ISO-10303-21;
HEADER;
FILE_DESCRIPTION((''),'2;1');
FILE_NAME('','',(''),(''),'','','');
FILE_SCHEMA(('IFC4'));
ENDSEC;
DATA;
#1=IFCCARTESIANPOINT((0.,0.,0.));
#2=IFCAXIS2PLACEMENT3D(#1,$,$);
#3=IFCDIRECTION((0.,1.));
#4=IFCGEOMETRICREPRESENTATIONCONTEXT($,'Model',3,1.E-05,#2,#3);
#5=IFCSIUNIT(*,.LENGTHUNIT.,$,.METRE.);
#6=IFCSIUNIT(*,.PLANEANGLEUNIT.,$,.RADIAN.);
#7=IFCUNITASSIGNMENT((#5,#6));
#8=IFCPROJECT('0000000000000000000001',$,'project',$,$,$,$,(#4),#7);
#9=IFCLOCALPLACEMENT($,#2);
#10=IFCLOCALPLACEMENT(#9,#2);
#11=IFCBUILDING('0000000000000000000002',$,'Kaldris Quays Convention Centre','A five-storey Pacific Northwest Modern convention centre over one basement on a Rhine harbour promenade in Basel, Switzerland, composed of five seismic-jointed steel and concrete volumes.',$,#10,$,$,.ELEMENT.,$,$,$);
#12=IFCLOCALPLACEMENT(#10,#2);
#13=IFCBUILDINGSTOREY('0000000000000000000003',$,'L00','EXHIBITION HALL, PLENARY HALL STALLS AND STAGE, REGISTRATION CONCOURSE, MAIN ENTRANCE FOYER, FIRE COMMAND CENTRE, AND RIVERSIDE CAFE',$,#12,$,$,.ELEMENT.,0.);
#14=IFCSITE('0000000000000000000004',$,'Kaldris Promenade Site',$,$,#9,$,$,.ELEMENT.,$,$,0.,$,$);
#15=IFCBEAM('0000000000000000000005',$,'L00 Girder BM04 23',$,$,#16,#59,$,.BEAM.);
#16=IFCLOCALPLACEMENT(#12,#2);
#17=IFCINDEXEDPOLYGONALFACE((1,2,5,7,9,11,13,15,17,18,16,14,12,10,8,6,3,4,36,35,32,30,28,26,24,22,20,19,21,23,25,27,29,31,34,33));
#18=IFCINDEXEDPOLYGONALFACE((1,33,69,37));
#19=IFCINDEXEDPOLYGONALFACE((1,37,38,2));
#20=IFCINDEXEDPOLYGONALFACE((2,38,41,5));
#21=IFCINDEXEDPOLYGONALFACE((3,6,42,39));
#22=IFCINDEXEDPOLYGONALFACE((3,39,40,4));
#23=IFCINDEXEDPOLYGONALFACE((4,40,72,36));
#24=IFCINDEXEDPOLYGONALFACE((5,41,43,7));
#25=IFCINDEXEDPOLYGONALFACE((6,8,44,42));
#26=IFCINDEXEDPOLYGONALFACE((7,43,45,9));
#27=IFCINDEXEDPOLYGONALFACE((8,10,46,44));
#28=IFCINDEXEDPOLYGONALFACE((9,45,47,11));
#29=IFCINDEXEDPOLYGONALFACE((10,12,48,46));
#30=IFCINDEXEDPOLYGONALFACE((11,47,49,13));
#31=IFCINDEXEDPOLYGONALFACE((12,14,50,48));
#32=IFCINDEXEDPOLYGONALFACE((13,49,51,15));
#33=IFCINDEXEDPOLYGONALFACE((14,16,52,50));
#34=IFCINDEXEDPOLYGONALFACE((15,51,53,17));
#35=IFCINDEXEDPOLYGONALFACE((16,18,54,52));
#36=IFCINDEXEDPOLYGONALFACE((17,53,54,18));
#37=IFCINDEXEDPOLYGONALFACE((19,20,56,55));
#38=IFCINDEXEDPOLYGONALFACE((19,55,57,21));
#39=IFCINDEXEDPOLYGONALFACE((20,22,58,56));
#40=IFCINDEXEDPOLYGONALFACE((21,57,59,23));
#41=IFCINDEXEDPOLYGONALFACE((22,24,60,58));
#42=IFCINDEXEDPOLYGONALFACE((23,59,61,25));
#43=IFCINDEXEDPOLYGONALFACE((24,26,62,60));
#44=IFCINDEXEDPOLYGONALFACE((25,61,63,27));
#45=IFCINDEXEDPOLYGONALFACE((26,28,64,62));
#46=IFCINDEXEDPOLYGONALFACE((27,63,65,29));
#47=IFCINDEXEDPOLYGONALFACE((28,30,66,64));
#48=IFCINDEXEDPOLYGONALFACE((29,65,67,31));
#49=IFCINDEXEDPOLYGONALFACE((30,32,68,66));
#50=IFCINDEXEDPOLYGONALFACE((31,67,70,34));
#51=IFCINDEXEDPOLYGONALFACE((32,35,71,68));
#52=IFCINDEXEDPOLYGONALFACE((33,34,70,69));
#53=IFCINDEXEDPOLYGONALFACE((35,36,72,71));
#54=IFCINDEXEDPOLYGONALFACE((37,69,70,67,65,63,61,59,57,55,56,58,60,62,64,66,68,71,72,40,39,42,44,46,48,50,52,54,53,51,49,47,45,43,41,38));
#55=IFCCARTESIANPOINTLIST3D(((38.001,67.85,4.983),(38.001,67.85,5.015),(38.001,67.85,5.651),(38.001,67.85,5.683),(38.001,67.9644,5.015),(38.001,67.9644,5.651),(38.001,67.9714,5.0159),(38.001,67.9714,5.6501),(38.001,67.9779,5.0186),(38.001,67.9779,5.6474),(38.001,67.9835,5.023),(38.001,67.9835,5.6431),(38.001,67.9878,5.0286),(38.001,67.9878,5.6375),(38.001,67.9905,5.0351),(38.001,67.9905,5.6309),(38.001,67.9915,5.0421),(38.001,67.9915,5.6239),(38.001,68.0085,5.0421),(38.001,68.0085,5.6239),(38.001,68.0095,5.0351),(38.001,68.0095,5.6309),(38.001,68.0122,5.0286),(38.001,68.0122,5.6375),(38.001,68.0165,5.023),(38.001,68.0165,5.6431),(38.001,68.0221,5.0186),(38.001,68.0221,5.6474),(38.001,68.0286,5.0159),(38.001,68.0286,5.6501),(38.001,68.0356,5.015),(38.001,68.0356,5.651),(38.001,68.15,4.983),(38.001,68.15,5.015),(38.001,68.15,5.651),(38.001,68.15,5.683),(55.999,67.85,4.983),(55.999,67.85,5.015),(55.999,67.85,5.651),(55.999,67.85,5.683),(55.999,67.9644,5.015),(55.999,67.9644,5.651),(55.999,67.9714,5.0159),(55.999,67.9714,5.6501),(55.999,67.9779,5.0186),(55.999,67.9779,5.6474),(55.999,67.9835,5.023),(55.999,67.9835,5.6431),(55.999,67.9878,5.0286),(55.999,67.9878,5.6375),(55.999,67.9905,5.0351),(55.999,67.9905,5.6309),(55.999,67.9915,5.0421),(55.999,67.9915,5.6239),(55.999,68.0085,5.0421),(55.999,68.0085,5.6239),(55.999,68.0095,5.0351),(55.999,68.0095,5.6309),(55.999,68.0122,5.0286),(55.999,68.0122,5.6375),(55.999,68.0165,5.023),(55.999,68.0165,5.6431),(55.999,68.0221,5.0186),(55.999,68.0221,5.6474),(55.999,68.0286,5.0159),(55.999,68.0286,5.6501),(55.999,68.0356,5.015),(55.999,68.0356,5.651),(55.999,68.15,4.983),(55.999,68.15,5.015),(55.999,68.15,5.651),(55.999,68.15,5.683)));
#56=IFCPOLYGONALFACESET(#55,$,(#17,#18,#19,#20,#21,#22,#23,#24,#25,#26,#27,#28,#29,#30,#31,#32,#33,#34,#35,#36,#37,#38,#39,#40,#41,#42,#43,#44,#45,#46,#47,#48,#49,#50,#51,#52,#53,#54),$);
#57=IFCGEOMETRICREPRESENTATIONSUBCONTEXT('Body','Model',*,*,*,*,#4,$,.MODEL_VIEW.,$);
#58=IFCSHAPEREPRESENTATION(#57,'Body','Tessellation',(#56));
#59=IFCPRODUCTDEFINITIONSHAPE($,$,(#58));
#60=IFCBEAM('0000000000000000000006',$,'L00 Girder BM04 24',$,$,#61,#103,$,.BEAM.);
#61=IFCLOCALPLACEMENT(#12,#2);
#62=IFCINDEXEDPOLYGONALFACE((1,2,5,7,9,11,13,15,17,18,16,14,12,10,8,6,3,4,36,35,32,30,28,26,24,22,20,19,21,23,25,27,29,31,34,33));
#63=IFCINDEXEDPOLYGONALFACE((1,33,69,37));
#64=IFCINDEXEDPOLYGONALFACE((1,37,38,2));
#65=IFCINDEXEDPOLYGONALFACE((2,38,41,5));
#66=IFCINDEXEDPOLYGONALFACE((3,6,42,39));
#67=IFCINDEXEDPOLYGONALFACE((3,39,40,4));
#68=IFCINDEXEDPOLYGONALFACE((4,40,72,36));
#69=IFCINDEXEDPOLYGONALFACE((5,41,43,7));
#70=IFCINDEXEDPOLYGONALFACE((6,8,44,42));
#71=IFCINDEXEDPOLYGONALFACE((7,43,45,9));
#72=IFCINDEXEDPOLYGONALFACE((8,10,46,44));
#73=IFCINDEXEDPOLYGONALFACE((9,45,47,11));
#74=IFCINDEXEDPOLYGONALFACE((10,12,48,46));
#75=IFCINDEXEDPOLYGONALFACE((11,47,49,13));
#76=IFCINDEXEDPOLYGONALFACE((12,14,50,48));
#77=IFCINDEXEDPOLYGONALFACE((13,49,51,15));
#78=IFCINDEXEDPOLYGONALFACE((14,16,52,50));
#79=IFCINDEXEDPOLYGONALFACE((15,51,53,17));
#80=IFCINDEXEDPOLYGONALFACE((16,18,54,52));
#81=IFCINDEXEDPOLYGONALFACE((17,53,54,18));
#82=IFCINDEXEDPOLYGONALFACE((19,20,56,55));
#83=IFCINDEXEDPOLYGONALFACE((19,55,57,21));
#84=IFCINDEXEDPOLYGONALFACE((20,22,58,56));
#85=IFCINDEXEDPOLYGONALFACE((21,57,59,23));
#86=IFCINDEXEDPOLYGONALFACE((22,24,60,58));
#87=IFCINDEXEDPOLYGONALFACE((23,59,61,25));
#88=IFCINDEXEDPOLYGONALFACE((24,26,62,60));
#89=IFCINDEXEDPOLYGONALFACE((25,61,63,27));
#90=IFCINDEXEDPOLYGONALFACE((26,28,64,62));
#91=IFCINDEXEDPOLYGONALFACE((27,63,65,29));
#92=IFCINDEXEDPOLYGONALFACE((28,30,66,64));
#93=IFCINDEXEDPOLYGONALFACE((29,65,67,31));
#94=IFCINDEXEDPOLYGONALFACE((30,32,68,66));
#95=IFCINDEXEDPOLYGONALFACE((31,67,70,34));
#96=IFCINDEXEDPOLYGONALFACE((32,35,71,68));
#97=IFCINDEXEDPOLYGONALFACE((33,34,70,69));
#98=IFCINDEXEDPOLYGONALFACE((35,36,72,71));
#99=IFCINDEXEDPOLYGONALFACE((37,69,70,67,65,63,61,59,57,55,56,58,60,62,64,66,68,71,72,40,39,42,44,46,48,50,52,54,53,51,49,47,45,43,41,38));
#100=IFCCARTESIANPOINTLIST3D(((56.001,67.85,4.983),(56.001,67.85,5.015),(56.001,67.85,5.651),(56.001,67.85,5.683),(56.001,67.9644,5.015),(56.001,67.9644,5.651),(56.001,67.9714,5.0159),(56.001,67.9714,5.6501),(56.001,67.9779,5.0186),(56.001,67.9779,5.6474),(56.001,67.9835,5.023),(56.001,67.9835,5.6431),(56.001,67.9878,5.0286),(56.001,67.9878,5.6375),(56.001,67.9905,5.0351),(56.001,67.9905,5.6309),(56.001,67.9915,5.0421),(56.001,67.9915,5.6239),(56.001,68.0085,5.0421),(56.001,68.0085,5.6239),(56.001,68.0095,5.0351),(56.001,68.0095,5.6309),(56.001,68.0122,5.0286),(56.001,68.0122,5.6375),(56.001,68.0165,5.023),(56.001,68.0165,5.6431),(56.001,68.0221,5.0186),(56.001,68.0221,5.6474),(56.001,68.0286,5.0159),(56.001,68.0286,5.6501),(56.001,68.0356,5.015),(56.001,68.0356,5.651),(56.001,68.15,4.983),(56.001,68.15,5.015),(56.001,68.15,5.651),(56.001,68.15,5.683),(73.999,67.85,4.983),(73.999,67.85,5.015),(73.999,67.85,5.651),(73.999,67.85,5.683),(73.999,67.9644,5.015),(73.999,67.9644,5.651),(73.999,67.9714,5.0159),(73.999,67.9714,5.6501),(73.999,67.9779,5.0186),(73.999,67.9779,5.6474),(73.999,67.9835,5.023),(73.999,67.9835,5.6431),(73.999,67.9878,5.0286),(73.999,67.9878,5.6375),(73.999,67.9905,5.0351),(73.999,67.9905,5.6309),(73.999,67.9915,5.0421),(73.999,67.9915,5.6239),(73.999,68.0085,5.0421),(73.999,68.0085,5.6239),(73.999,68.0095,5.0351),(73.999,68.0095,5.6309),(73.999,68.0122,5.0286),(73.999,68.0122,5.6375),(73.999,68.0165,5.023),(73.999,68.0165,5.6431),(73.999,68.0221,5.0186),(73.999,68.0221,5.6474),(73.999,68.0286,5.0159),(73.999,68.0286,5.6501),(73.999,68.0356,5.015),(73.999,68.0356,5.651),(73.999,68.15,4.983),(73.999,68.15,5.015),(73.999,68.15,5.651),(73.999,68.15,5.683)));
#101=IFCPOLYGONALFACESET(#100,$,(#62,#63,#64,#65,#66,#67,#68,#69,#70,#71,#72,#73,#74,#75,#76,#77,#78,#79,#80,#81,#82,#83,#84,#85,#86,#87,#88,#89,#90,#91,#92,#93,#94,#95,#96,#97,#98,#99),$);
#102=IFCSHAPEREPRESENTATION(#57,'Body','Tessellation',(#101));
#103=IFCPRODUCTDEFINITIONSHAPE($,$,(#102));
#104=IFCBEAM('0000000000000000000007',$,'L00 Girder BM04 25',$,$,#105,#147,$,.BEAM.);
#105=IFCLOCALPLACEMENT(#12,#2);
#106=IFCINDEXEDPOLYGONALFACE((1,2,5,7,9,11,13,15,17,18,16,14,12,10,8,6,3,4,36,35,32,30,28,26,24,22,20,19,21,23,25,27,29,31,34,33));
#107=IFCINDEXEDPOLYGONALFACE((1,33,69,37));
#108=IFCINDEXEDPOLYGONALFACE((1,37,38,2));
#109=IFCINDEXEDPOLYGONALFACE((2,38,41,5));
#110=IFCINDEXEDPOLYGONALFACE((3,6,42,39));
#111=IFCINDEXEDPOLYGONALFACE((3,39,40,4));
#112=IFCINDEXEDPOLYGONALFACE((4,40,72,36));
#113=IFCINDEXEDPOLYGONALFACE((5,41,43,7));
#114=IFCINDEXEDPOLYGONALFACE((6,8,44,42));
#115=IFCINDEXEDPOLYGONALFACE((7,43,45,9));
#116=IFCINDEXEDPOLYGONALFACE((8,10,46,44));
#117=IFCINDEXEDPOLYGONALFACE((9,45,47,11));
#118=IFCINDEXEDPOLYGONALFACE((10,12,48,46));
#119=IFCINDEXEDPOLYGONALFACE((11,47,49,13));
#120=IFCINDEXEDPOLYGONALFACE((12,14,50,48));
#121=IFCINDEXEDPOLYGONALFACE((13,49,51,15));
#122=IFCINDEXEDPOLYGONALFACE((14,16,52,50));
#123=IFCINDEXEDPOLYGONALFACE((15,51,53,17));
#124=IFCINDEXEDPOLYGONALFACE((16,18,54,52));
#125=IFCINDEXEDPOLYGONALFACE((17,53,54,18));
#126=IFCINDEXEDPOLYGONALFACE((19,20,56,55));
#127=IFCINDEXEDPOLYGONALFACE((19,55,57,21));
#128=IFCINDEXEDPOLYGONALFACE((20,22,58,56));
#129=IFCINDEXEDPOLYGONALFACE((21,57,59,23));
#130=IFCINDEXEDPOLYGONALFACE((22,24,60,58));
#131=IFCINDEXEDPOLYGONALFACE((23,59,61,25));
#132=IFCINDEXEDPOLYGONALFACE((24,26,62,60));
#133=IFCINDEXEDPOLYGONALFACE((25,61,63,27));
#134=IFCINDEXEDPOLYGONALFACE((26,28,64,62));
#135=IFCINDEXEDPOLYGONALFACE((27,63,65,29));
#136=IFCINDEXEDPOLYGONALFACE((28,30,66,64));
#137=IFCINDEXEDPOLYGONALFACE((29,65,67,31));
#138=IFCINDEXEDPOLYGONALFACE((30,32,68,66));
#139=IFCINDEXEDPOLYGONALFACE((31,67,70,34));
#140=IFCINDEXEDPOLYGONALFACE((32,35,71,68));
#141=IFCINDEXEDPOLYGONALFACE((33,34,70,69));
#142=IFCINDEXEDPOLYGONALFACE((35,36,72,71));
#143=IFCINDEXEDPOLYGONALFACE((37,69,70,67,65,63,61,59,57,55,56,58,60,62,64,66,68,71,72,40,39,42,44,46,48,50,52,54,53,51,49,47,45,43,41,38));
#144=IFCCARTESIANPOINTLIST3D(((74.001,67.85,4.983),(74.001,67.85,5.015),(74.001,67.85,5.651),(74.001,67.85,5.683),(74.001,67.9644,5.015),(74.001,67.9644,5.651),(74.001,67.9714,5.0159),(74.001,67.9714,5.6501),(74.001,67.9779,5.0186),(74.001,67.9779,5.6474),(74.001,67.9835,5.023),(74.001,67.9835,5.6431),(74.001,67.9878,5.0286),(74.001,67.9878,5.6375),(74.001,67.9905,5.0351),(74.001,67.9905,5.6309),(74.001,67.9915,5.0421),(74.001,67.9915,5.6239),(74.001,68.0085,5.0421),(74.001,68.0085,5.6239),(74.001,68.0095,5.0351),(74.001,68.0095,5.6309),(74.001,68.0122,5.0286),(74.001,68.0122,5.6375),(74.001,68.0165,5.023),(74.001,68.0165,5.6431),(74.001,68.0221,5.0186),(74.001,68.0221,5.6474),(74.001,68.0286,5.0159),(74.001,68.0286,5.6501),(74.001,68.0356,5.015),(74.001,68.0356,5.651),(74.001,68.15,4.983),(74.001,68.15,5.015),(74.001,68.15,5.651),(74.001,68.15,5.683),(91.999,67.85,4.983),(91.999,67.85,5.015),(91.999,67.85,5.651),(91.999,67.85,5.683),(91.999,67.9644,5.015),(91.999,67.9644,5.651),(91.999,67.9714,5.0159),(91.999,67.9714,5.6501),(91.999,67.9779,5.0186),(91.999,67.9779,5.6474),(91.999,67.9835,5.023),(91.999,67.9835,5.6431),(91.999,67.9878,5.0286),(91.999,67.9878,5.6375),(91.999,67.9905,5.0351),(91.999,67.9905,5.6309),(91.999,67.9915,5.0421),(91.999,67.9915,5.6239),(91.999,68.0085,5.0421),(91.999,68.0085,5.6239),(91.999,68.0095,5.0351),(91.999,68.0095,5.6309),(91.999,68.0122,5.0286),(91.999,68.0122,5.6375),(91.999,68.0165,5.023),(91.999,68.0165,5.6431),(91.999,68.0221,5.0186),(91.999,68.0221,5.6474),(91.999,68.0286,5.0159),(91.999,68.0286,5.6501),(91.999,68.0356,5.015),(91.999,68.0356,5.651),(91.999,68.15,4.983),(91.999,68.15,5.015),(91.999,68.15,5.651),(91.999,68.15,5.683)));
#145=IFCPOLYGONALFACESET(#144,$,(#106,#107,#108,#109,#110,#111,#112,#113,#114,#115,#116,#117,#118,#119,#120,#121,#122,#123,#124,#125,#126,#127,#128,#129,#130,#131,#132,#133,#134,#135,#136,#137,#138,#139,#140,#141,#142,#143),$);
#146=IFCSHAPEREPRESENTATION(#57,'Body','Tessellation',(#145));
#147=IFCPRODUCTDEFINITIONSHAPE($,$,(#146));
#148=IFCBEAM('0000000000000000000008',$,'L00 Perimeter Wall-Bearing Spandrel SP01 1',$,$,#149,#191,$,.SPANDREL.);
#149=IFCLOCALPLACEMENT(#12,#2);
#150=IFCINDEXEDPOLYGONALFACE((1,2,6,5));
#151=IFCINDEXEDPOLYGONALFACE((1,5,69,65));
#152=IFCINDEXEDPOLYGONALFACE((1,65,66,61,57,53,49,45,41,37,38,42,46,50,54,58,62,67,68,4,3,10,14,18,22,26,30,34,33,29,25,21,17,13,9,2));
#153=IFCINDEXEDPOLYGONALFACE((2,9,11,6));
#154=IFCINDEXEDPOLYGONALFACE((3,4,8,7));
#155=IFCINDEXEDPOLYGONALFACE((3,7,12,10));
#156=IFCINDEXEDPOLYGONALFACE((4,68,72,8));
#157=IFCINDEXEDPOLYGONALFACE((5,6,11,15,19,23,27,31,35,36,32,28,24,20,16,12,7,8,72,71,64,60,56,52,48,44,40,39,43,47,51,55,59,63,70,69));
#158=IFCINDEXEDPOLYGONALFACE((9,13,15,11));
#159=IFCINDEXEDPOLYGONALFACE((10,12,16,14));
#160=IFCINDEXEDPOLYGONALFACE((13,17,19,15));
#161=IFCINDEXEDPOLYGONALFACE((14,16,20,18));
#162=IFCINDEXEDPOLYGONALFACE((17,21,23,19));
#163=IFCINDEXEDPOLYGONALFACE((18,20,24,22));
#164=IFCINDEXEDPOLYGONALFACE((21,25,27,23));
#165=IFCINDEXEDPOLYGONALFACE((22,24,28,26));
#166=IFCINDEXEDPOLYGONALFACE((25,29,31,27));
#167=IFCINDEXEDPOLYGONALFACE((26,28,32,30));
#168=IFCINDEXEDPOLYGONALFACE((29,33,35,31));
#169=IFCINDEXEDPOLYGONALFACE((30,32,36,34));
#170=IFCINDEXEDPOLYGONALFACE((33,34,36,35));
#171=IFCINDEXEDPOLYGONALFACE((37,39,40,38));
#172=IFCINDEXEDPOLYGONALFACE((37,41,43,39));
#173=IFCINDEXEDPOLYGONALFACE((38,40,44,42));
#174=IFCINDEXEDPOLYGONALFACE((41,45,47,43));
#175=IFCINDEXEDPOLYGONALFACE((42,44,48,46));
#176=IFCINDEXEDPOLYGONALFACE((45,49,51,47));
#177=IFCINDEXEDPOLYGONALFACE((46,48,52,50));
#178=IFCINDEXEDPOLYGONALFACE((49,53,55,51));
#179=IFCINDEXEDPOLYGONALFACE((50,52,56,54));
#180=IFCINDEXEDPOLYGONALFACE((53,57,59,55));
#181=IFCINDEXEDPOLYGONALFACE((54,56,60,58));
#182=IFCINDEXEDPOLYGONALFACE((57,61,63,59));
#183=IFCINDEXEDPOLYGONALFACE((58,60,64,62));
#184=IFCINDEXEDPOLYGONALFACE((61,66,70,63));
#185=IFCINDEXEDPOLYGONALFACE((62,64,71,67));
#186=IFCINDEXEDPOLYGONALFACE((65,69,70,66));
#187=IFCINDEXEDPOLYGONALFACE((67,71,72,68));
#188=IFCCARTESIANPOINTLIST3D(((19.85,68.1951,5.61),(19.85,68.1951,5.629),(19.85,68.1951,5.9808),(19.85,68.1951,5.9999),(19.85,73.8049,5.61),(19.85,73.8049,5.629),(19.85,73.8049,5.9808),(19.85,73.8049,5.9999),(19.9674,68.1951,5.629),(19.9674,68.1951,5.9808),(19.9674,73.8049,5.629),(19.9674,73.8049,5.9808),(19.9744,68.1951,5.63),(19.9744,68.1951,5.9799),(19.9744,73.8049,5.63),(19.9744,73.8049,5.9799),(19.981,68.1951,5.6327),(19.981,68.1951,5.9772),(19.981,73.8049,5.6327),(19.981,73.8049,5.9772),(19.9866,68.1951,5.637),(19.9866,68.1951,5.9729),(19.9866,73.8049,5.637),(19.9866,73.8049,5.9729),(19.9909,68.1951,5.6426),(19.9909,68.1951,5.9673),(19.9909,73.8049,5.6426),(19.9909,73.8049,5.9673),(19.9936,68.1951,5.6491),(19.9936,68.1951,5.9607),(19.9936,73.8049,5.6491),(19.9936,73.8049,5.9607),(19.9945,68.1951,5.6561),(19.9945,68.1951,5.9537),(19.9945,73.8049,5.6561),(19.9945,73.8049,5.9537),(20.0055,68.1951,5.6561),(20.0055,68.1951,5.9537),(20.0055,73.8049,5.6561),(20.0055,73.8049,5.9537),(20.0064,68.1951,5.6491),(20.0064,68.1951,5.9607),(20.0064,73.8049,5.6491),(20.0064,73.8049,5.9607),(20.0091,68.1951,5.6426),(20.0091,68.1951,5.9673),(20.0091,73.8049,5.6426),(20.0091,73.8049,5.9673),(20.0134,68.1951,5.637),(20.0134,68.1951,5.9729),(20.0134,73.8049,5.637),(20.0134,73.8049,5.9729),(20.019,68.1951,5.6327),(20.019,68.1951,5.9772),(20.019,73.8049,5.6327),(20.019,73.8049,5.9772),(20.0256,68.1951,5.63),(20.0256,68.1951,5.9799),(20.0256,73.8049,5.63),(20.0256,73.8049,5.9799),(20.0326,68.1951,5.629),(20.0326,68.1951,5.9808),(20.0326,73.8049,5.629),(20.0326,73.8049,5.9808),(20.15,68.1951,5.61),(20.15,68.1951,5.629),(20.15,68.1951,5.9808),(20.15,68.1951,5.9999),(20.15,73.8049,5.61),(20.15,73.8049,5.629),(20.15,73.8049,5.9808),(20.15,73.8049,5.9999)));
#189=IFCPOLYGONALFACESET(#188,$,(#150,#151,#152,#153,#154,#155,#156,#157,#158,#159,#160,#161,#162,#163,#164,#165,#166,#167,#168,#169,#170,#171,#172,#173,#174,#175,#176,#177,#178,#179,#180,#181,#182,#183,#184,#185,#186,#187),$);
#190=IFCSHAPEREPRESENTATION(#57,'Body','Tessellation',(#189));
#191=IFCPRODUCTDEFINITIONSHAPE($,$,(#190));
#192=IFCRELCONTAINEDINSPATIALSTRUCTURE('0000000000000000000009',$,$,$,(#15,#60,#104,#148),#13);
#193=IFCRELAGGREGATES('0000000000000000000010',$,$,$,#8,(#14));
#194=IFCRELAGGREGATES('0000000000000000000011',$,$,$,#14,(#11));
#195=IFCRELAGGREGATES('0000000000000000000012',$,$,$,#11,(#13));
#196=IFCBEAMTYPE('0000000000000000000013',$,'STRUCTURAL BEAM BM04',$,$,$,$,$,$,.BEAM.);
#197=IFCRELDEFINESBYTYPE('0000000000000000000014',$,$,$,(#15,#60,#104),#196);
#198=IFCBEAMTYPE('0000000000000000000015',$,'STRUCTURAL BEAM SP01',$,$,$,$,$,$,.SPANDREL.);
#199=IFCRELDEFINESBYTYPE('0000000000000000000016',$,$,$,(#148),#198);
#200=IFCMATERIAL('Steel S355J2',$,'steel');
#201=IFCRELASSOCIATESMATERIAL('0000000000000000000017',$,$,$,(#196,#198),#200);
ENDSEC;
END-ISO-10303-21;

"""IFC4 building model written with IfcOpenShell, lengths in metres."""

from ifc_helpers import new_model, si_unit, direction, frame, origin, origin_2d, place, context, subcontext, project, spatial, i_section, extrude, material, material_profile, profile_set, type_object, element, save


model = new_model("IFC4")

# Units and contexts
model_context = context("Model", 3, precision=1e-05, world=origin(), true_north=direction((0.0, 1.0)))
body_context = subcontext(model_context, "Body", "Model", "MODEL_VIEW")
ifc_project = project(units=[si_unit("LENGTHUNIT", "METRE"), si_unit("PLANEANGLEUNIT", "RADIAN")], contexts=[model_context])

# Site, building, storey
site_placement = place(None, origin())
site = spatial("IfcSite", under=ifc_project, at=site_placement, Name="Kaldris Promenade Site", CompositionType="ELEMENT", RefElevation=0.0)
building_placement = place(site_placement, origin())
building = spatial("IfcBuilding", under=site, at=building_placement, Name="Kaldris Quays Convention Centre", Description="A five-storey Pacific Northwest Modern convention centre over one basement on a Rhine harbour promenade in Basel, Switzerland, composed of five seismic-jointed steel and concrete volumes.", CompositionType="ELEMENT")
storey_placement = place(building_placement, origin())
storey = spatial("IfcBuildingStorey", under=building, at=storey_placement, Name="L00", Description="EXHIBITION HALL, PLENARY HALL STALLS AND STAGE, REGISTRATION CONCOURSE, MAIN ENTRANCE FOYER, FIRE COMMAND CENTRE, AND RIVERSIDE CAFE", CompositionType="ELEMENT", Elevation=0.0)

# Shared definitions
ifc_material_1 = material(Name="Steel S355J2", Category="steel")

# Beams
ifc_material_profile_1 = material_profile(ifc_material_1, i_section(OverallWidth=0.3, OverallDepth=0.7, WebThickness=0.0171, FlangeThickness=0.032, FilletRadius=0.0271, at=origin_2d()), Name="HEB 700")
ifc_profile_set_1 = profile_set([ifc_material_profile_1], Name="Steel S355J2")
beam_type_1 = type_object("IfcBeamType", Name="STRUCTURAL BEAM BM04", PredefinedType="BEAM", material=ifc_profile_set_1)
for number, where, z_axis, x_axis, name in (
    (1, (38.001, 68.0, 5.333), (1.0, 0.0, 0.0), (0.0, 1.0, 0.0), "L00 Girder BM04 23"),
    (2, (56.001, 68.0, 5.333), (1.0, 0.0, 0.0), (0.0, 1.0, 0.0), "L00 Girder BM04 24"),
    (3, (74.001, 68.0, 5.333), (1.0, 0.0, 0.0), (0.0, 1.0, 0.0), "L00 Girder BM04 25"),
):
    element("IfcBeam", number, at=place(storey_placement, frame(where, z_axis=z_axis, x_axis=x_axis)), inside=storey, type_object=beam_type_1, Name=name, PredefinedType="BEAM", context=body_context, shape_type="SweptSolid", body=[
        extrude(i_section(OverallWidth=0.3, OverallDepth=0.7, WebThickness=0.0171, FlangeThickness=0.032, FilletRadius=0.0271, at=origin_2d()), origin(), (0.0, 0.0, 1.0), 17.998),
    ])
ifc_material_profile_2 = material_profile(ifc_material_1, i_section(OverallWidth=0.3, OverallDepth=0.3899, WebThickness=0.011, FlangeThickness=0.019, FilletRadius=0.0271, at=origin_2d()), Name="HEA 400")
ifc_profile_set_2 = profile_set([ifc_material_profile_2], Name="Steel S355J2")
beam_type_2 = type_object("IfcBeamType", Name="STRUCTURAL BEAM SP01", PredefinedType="SPANDREL", material=ifc_profile_set_2)
for number, where, z_axis, x_axis, name in (
    (4, (20.0, 68.1951, 5.8049), (0.0, 1.0, 0.0), (-1.0, 0.0, 0.0), "L00 Perimeter Wall-Bearing Spandrel SP01 1"),
):
    element("IfcBeam", number, at=place(storey_placement, frame(where, z_axis=z_axis, x_axis=x_axis)), inside=storey, type_object=beam_type_2, Name=name, PredefinedType="SPANDREL", context=body_context, shape_type="SweptSolid", body=[
        extrude(i_section(OverallWidth=0.3, OverallDepth=0.3899, WebThickness=0.011, FlangeThickness=0.019, FilletRadius=0.0271, at=origin_2d()), origin(), (0.0, 0.0, 1.0), 5.6099),
    ])

save(model, "model.ifc")
